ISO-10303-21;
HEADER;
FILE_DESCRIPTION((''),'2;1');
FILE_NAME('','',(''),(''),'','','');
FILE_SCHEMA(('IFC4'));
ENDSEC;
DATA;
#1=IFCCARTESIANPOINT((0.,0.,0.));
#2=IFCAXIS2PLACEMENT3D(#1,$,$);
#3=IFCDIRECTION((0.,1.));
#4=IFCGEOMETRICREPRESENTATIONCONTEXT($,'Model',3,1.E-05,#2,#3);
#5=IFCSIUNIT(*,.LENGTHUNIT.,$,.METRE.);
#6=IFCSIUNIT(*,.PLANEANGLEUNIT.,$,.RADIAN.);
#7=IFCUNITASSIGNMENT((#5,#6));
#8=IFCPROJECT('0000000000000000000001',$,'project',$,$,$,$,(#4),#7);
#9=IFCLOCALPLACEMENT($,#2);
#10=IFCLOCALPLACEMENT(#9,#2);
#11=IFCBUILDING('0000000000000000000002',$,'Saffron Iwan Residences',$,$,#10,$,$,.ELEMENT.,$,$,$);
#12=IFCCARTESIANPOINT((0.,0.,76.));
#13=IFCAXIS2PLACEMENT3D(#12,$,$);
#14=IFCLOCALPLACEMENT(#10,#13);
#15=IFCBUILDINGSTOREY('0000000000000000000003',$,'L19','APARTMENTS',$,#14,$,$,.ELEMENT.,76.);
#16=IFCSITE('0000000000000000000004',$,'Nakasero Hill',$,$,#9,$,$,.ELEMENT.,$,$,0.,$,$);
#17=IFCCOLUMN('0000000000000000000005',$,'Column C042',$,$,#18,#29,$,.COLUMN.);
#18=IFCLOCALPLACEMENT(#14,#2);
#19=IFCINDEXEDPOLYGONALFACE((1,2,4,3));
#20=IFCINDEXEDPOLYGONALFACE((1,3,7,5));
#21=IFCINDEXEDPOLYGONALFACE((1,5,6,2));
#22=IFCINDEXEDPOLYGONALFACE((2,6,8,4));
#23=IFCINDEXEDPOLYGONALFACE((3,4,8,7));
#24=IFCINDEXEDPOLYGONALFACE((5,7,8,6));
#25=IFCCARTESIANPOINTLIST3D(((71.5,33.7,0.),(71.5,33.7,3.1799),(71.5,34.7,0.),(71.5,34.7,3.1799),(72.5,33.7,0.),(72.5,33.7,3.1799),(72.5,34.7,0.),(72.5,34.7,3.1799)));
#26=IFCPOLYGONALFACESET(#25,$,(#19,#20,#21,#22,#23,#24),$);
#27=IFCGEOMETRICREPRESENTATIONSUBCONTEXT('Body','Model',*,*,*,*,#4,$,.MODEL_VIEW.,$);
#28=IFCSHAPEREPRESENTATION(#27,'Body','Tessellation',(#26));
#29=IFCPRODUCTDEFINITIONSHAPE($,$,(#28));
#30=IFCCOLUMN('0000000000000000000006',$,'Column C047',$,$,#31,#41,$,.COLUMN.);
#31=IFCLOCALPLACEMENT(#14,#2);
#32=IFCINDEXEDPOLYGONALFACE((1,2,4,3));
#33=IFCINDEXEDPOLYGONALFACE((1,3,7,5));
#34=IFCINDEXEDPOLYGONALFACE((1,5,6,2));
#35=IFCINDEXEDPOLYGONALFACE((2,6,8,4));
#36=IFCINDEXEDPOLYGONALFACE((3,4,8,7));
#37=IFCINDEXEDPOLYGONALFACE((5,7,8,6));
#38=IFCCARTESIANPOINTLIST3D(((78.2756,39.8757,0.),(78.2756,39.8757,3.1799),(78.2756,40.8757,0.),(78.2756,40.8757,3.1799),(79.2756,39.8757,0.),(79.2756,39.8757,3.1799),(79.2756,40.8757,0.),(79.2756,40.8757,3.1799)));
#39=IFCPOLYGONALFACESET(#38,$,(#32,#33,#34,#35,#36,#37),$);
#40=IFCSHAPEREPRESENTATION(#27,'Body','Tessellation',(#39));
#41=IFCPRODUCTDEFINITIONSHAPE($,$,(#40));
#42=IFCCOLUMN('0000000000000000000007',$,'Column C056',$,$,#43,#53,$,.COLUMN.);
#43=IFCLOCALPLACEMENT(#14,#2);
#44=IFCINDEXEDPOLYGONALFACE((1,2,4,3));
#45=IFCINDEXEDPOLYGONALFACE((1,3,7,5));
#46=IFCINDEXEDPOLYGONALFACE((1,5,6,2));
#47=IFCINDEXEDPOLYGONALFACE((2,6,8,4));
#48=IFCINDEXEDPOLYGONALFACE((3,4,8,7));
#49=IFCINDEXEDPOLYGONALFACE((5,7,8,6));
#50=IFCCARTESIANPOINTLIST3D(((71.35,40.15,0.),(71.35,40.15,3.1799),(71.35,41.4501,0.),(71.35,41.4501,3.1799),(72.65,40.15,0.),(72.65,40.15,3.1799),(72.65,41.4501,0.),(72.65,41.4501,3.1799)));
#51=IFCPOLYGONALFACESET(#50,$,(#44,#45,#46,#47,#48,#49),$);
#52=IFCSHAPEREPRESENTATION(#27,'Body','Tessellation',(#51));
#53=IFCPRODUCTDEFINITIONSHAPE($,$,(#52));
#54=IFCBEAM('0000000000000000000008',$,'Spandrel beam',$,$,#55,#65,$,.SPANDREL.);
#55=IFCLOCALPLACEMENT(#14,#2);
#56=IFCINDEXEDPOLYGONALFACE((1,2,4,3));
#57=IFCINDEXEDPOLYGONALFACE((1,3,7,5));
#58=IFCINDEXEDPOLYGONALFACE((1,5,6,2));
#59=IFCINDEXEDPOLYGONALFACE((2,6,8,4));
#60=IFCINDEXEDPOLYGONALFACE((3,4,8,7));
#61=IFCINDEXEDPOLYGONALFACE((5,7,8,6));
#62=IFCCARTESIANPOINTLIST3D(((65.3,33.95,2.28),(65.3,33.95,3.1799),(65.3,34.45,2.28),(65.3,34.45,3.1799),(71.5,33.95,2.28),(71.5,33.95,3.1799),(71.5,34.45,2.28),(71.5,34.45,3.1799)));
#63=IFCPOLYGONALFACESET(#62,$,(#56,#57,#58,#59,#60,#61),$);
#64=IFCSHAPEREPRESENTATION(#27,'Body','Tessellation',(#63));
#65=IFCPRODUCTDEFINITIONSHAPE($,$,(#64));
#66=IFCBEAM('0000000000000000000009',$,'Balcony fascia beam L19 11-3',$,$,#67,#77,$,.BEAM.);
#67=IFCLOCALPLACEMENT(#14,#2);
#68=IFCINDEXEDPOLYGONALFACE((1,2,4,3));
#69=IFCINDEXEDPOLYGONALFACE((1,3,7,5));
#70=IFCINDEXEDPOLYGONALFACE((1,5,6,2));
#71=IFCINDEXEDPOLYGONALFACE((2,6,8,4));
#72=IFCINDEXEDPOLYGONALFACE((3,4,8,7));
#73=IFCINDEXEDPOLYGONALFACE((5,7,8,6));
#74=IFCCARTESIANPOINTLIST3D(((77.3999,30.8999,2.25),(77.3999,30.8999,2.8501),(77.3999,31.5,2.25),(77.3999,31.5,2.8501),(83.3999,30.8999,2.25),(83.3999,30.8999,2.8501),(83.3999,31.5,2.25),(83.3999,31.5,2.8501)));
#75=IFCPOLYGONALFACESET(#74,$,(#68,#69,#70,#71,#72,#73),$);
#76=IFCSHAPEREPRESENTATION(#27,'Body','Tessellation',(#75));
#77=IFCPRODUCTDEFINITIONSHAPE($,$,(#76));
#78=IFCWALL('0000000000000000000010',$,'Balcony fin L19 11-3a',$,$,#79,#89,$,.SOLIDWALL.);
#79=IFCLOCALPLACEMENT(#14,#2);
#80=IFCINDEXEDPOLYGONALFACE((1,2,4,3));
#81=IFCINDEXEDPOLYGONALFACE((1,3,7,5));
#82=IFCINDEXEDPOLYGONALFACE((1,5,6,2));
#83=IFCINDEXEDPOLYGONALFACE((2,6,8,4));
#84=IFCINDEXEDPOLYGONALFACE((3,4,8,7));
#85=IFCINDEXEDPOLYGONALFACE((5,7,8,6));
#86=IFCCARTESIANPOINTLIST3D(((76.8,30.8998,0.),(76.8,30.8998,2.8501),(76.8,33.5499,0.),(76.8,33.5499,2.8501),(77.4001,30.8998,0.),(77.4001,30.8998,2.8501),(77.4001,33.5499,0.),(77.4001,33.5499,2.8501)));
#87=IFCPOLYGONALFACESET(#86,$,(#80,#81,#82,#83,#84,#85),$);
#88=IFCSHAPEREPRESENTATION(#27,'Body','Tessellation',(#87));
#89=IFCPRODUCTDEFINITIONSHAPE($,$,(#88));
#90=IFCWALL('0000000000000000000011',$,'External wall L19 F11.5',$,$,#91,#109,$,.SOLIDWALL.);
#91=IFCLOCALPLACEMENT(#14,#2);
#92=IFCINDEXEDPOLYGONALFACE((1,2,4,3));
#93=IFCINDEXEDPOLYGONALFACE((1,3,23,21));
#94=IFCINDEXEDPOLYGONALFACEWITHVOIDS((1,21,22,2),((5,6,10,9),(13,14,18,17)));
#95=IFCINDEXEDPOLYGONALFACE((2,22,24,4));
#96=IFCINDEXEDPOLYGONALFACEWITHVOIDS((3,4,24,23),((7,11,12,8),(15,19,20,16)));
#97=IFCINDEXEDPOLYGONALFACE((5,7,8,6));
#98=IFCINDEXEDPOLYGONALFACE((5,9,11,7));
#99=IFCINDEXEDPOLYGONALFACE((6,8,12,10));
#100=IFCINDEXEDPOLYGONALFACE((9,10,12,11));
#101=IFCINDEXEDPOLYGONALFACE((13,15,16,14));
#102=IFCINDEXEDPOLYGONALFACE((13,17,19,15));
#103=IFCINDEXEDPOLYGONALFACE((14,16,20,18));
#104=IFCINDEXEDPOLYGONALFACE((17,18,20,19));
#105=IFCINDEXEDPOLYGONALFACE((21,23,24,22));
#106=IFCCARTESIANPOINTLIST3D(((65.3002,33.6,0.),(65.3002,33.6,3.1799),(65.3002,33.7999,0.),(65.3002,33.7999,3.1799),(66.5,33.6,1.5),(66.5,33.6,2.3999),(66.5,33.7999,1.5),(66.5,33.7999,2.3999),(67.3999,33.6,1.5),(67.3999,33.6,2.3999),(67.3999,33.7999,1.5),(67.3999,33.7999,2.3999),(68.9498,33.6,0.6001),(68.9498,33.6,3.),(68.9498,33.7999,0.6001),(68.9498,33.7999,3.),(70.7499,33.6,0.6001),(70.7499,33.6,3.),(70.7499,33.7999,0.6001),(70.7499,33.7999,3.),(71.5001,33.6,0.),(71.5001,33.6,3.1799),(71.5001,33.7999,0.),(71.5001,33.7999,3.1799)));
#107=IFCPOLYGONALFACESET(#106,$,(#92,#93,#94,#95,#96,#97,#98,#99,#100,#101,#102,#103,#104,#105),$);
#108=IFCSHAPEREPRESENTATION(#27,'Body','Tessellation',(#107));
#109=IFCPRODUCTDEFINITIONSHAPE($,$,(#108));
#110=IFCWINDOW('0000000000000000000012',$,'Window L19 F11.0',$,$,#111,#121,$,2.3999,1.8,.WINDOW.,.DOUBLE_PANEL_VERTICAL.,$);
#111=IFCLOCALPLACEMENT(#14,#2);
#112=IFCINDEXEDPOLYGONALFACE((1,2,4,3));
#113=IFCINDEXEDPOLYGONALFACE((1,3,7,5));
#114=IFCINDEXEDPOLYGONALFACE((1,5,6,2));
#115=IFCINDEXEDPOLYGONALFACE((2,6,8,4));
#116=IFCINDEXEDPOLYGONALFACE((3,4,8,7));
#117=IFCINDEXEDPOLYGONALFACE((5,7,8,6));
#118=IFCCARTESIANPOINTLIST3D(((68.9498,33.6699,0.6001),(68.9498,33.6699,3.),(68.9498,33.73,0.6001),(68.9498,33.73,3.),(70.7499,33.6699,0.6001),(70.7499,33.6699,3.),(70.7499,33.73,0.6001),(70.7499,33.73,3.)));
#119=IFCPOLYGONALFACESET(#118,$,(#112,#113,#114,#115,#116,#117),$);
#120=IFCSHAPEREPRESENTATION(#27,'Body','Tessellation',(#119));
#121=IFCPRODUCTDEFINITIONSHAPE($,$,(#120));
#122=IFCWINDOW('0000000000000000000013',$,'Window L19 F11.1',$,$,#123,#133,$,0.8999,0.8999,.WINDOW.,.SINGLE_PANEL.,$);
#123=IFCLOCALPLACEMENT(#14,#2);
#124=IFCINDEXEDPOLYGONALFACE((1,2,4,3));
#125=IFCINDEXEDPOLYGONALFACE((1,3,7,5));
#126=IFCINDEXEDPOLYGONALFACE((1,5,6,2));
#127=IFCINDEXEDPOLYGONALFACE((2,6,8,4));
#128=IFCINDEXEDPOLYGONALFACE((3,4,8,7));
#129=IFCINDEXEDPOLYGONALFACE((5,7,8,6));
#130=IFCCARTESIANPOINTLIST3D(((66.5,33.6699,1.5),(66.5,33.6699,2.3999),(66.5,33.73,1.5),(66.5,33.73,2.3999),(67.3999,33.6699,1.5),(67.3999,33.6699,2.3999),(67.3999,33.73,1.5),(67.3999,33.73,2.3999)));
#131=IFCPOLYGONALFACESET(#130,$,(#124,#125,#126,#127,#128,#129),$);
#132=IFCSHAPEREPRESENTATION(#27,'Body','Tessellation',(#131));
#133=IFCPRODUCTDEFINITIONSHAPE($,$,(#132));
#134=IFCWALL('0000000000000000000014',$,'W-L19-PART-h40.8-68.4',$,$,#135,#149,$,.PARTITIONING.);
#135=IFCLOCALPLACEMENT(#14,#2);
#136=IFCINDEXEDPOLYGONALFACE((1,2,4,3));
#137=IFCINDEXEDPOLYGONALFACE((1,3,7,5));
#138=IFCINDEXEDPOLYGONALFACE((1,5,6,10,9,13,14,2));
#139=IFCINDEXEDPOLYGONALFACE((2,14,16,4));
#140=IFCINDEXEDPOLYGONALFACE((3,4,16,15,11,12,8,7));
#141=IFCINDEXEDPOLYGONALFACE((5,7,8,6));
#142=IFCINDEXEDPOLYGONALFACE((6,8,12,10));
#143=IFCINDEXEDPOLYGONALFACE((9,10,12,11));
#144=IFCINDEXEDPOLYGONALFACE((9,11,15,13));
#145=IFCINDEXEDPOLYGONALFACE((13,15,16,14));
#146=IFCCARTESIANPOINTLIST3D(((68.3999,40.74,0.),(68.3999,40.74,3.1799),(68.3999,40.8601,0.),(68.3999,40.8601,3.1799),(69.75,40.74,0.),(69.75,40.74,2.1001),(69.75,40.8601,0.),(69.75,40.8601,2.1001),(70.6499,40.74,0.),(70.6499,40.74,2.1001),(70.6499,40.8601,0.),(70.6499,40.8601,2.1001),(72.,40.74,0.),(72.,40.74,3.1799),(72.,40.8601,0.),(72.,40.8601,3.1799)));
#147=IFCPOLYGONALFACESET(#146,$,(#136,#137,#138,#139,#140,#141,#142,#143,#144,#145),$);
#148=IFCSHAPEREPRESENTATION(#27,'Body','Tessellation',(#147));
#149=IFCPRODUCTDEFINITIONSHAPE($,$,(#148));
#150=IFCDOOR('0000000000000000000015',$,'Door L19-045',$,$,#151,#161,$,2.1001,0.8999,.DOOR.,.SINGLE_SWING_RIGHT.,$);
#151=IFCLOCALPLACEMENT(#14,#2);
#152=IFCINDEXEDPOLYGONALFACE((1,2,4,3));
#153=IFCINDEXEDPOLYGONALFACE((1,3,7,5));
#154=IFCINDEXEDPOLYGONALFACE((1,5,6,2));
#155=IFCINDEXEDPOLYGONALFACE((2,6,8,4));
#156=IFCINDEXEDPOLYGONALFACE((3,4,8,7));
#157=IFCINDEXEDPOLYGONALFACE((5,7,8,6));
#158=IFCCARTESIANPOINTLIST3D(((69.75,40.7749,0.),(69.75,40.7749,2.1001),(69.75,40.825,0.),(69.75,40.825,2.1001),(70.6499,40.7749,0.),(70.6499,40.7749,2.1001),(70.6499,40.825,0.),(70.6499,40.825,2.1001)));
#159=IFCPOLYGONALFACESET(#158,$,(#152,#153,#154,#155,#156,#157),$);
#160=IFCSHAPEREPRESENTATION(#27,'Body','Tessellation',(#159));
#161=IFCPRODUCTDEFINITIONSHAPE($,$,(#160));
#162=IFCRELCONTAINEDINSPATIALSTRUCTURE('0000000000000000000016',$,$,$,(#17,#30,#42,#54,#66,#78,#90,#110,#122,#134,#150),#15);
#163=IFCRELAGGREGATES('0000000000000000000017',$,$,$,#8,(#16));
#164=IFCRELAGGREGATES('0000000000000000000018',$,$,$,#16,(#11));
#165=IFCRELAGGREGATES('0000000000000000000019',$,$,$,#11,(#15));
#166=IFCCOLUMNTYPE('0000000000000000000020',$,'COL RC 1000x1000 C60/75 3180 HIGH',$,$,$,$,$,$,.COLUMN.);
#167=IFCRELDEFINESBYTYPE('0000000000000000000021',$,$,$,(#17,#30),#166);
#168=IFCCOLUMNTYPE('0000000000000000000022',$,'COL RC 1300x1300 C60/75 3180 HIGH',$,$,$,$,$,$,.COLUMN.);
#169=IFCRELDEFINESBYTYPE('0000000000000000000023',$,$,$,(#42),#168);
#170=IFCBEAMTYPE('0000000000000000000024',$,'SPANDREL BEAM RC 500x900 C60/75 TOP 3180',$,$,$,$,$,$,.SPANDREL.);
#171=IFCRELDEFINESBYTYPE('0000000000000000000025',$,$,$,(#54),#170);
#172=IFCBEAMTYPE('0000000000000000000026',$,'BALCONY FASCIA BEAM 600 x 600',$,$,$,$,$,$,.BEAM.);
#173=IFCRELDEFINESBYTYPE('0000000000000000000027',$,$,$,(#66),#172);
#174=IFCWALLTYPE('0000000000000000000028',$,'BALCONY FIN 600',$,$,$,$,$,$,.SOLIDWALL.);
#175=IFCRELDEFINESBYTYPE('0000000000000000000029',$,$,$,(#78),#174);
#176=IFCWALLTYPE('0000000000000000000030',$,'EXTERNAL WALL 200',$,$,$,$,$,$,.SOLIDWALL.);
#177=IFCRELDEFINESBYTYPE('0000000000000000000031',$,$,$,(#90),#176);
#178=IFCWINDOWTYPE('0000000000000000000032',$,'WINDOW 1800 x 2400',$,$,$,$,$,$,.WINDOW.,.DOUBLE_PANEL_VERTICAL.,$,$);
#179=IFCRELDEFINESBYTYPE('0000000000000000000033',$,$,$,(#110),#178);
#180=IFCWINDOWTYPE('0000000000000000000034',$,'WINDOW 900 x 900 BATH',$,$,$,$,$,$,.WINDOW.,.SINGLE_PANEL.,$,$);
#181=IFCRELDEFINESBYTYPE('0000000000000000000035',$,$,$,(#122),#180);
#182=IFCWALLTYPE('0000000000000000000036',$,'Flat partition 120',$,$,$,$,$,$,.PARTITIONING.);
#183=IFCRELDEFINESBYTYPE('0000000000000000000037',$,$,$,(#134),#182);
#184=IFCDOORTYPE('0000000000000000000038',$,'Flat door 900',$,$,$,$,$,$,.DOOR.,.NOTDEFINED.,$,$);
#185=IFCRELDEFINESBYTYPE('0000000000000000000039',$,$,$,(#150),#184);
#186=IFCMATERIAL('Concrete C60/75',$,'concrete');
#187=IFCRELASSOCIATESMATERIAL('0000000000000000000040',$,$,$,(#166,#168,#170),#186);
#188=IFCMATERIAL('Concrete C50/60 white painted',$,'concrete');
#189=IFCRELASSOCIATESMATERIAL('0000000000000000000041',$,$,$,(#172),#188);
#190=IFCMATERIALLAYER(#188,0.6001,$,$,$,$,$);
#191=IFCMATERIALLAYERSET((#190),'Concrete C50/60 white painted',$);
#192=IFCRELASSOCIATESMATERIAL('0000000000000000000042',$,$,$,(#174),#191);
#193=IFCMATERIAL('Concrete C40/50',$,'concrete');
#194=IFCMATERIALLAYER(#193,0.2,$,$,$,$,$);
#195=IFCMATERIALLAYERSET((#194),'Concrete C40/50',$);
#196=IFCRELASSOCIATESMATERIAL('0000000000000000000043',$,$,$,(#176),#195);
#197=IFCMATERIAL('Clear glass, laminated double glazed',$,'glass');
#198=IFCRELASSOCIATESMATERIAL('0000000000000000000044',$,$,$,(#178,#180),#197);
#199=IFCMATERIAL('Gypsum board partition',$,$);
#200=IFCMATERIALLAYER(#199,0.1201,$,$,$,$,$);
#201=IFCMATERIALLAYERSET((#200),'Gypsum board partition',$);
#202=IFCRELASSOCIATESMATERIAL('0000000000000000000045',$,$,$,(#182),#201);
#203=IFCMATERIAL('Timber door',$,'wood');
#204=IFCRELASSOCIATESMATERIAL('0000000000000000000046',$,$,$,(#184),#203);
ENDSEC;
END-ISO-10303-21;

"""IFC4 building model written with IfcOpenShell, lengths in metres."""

from ifc_helpers import new_model, si_unit, direction, frame, frame_2d, origin, origin_2d, place, context, subcontext, project, spatial, rectangle, extrude, source, transform, mapped, material, layer, layer_set, material_profile, profile_set, type_object, element, fill, save


model = new_model("IFC4")

# Units and contexts
model_context = context("Model", 3, precision=1e-05, world=origin(), true_north=direction((0.0, 1.0)))
body_context = subcontext(model_context, "Body", "Model", "MODEL_VIEW")
ifc_project = project(units=[si_unit("LENGTHUNIT", "METRE"), si_unit("PLANEANGLEUNIT", "RADIAN")], contexts=[model_context])

# Site, building, storey
site_placement = place(None, origin())
site = spatial("IfcSite", under=ifc_project, at=site_placement, Name="Nakasero Hill", CompositionType="ELEMENT", RefElevation=0.0)
building_placement = place(site_placement, origin())
building = spatial("IfcBuilding", under=site, at=building_placement, Name="Saffron Iwan Residences", CompositionType="ELEMENT")
storey_placement = place(building_placement, frame((0.0, 0.0, 76.0)))
storey = spatial("IfcBuildingStorey", under=building, at=storey_placement, Name="L19", Description="APARTMENTS", CompositionType="ELEMENT", Elevation=76.0)

# Columns
ifc_material_1 = material(Name="Concrete C60/75", Category="concrete")
ifc_material_profile_1 = material_profile(ifc_material_1, rectangle(XDim=1.0, YDim=1.0, at=origin_2d()), Name="RC 1000x1000")
ifc_profile_set_1 = profile_set([ifc_material_profile_1], Name="Concrete C60/75")
column_type_1 = type_object("IfcColumnType", Name="COL RC 1000x1000 C60/75 3180 HIGH", PredefinedType="COLUMN", material=ifc_profile_set_1)
shared_shape_1 = source(origin(), body_context, "Body", "SweptSolid", [
    extrude(rectangle(XDim=1.0, YDim=1.0, at=origin_2d()), origin(), (0.0, 0.0, 1.0), 3.1799),
])
for number, where, z_axis, x_axis, name in (
    (1, (72.0, 34.2, 0.0), (0.0, 0.0, 1.0), (1.0, 0.0, 0.0), "Column C042"),
    (2, (78.7756, 40.3757, 0.0), (0.0, 0.0, 1.0), (1.0, 0.0, 0.0), "Column C047"),
):
    element("IfcColumn", number, at=place(storey_placement, frame(where, z_axis=z_axis, x_axis=x_axis)), inside=storey, type_object=column_type_1, Name=name, PredefinedType="COLUMN", context=body_context, shape_type="MappedRepresentation", body=[
        mapped(shared_shape_1, transform((0.0, 0.0, 0.0))),
    ])
ifc_material_profile_2 = material_profile(ifc_material_1, rectangle(XDim=1.3, YDim=1.3, at=origin_2d()), Name="RC 1300x1300")
ifc_profile_set_2 = profile_set([ifc_material_profile_2], Name="Concrete C60/75")
column_type_2 = type_object("IfcColumnType", Name="COL RC 1300x1300 C60/75 3180 HIGH", PredefinedType="COLUMN", material=ifc_profile_set_2)
shared_shape_2 = source(origin(), body_context, "Body", "SweptSolid", [
    extrude(rectangle(XDim=1.3, YDim=1.3, at=origin_2d()), origin(), (0.0, 0.0, 1.0), 3.1799),
])
column_placement = place(storey_placement, frame((72.0, 40.8, 0.0), z_axis=(0.0, 0.0, 1.0), x_axis=(1.0, 0.0, 0.0)))
element("IfcColumn", 3, at=column_placement, inside=storey, type_object=column_type_2, Name="Column C056", PredefinedType="COLUMN", context=body_context, shape_type="MappedRepresentation", body=[
    mapped(shared_shape_2, transform((0.0, 0.0, 0.0))),
])

# Beams
ifc_material_profile_3 = material_profile(ifc_material_1, rectangle(XDim=0.5, YDim=0.8999, at=origin_2d()), Name="RC 500x900")
ifc_profile_set_3 = profile_set([ifc_material_profile_3], Name="Concrete C60/75")
beam_type_1 = type_object("IfcBeamType", Name="SPANDREL BEAM RC 500x900 C60/75 TOP 3180", PredefinedType="SPANDREL", material=ifc_profile_set_3)
shared_shape_3 = source(origin(), body_context, "Body", "SweptSolid", [
    extrude(rectangle(XDim=0.5, YDim=0.8999, at=origin_2d()), origin(), (0.0, 0.0, 1.0), 6.2),
])
beam_1_placement = place(storey_placement, frame((71.5, 34.2, 2.73), z_axis=(-1.0, 0.0, 0.0), x_axis=(0.0, -1.0, 0.0)))
element("IfcBeam", 4, at=beam_1_placement, inside=storey, type_object=beam_type_1, Name="Spandrel beam", PredefinedType="SPANDREL", context=body_context, shape_type="MappedRepresentation", body=[
    mapped(shared_shape_3, transform((0.0, 0.0, 0.0))),
])
ifc_material_2 = material(Name="Concrete C50/60 white painted", Category="concrete")
ifc_material_profile_4 = material_profile(ifc_material_2, rectangle(XDim=0.6001, YDim=0.6001, at=origin_2d()), Name="BALCONY FASCIA BEAM 600 x 600")
ifc_profile_set_4 = profile_set([ifc_material_profile_4], Name="Concrete C50/60 white painted")
beam_type_2 = type_object("IfcBeamType", Name="BALCONY FASCIA BEAM 600 x 600", PredefinedType="BEAM", material=ifc_profile_set_4)
shared_shape_4 = source(origin(), body_context, "Body", "SweptSolid", [
    extrude(rectangle(XDim=0.6001, YDim=0.6001, at=origin_2d()), origin(), (0.0, 0.0, 1.0), 6.0),
])
beam_2_placement = place(storey_placement, frame((77.3999, 31.2, 2.55), z_axis=(1.0, 0.0, 0.0), x_axis=(0.0, 1.0, 0.0)))
element("IfcBeam", 5, at=beam_2_placement, inside=storey, type_object=beam_type_2, Name="Balcony fascia beam L19 11-3", PredefinedType="BEAM", context=body_context, shape_type="MappedRepresentation", body=[
    mapped(shared_shape_4, transform((0.0, 0.0, 0.0))),
])

# Wall
ifc_layer_1 = layer(ifc_material_2, 0.6001)
ifc_layer_set_1 = layer_set([ifc_layer_1], Name="Concrete C50/60 white painted")
wall_type_1 = type_object("IfcWallType", Name="BALCONY FIN 600", PredefinedType="SOLIDWALL", material=ifc_layer_set_1)
wall_1_placement = place(storey_placement, frame((77.1001, 33.55, 0.0), z_axis=(0.0, 0.0, 1.0), x_axis=(0.0, -1.0, 0.0)))
element("IfcWall", 6, at=wall_1_placement, inside=storey, type_object=wall_type_1, Name="Balcony fin L19 11-3a", PredefinedType="SOLIDWALL", context=body_context, shape_type="SweptSolid", body=[
    extrude(rectangle(XDim=2.6501, YDim=0.6001, at=frame_2d((1.3252, 0.0))), origin(), (0.0, 0.0, 1.0), 2.8501),
])

# Wall, openings, windows
ifc_material_3 = material(Name="Concrete C40/50", Category="concrete")
ifc_layer_2 = layer(ifc_material_3, 0.2)
ifc_layer_set_2 = layer_set([ifc_layer_2], Name="Concrete C40/50")
wall_type_2 = type_object("IfcWallType", Name="EXTERNAL WALL 200", PredefinedType="SOLIDWALL", material=ifc_layer_set_2)
wall_2_placement = place(storey_placement, frame((65.3, 33.7, 0.0), z_axis=(0.0, 0.0, 1.0), x_axis=(1.0, 0.0, 0.0)))
wall_2 = element("IfcWall", 7, at=wall_2_placement, inside=storey, type_object=wall_type_2, Name="External wall L19 F11.5", PredefinedType="SOLIDWALL", context=body_context, shape_type="SweptSolid", body=[
    extrude(rectangle(XDim=6.2, YDim=0.2, at=frame_2d((3.1001, 0.0))), origin(), (0.0, 0.0, 1.0), 3.1799),
])
opening_1_placement = place(wall_2_placement, frame((3.6499, 0.0, 0.6001)))
opening_1 = element("IfcOpeningElement", 8, at=opening_1_placement, cuts=wall_2, PredefinedType="OPENING", context=body_context, shape_type="SweptSolid", body=[
    extrude(rectangle(XDim=1.8, YDim=2.3999, at=frame_2d((0.8999, 1.2))), frame((0.0, 0.1099, 0.0), z_axis=(0.0, -1.0, 0.0), x_axis=(1.0, 0.0, 0.0)), (0.0, 0.0, 1.0), 0.22),
])
opening_2_placement = place(wall_2_placement, frame((1.2, 0.0, 1.5)))
opening_2 = element("IfcOpeningElement", 9, at=opening_2_placement, cuts=wall_2, PredefinedType="OPENING", context=body_context, shape_type="SweptSolid", body=[
    extrude(rectangle(XDim=0.8999, YDim=0.8999, at=frame_2d((0.45, 0.45))), frame((0.0, 0.1099, 0.0), z_axis=(0.0, -1.0, 0.0), x_axis=(1.0, 0.0, 0.0)), (0.0, 0.0, 1.0), 0.22),
])
ifc_material_4 = material(Name="Clear glass, laminated double glazed", Category="glass")
window_type_1 = type_object("IfcWindowType", Name="WINDOW 1800 x 2400", PartitioningType="DOUBLE_PANEL_VERTICAL", PredefinedType="WINDOW", material=ifc_material_4)
window_1_placement = place(opening_1_placement, origin())
window_1 = element("IfcWindow", 10, at=window_1_placement, inside=storey, type_object=window_type_1, Name="Window L19 F11.0", OverallHeight=2.3999, OverallWidth=1.8, PartitioningType="DOUBLE_PANEL_VERTICAL", PredefinedType="WINDOW", context=body_context, shape_type="SweptSolid", body=[
    extrude(rectangle(XDim=1.8, YDim=2.3999, at=frame_2d((0.8999, 1.2))), frame((0.0, 0.03, 0.0), z_axis=(0.0, -1.0, 0.0), x_axis=(1.0, 0.0, 0.0)), (0.0, 0.0, 1.0), 0.0601),
])
fill(opening_1, window_1)
window_type_2 = type_object("IfcWindowType", Name="WINDOW 900 x 900 BATH", PartitioningType="SINGLE_PANEL", PredefinedType="WINDOW", material=ifc_material_4)
window_2_placement = place(opening_2_placement, origin())
window_2 = element("IfcWindow", 11, at=window_2_placement, inside=storey, type_object=window_type_2, Name="Window L19 F11.1", OverallHeight=0.8999, OverallWidth=0.8999, PartitioningType="SINGLE_PANEL", PredefinedType="WINDOW", context=body_context, shape_type="SweptSolid", body=[
    extrude(rectangle(XDim=0.8999, YDim=0.8999, at=frame_2d((0.45, 0.45))), frame((0.0, 0.03, 0.0), z_axis=(0.0, -1.0, 0.0), x_axis=(1.0, 0.0, 0.0)), (0.0, 0.0, 1.0), 0.0601),
])
fill(opening_2, window_2)

# Wall, opening, door
ifc_material_5 = material(Name="Gypsum board partition")
ifc_layer_3 = layer(ifc_material_5, 0.1201)
ifc_layer_set_3 = layer_set([ifc_layer_3], Name="Gypsum board partition")
wall_type_3 = type_object("IfcWallType", Name="Flat partition 120", PredefinedType="PARTITIONING", material=ifc_layer_set_3)
wall_3_placement = place(storey_placement, frame((68.3999, 40.8, 0.0), z_axis=(0.0, 0.0, 1.0), x_axis=(1.0, 0.0, 0.0)))
wall_3 = element("IfcWall", 12, at=wall_3_placement, inside=storey, type_object=wall_type_3, Name="W-L19-PART-h40.8-68.4", PredefinedType="PARTITIONING", context=body_context, shape_type="SweptSolid", body=[
    extrude(rectangle(XDim=3.6001, YDim=0.1201, at=frame_2d((1.8, 0.0))), origin(), (0.0, 0.0, 1.0), 3.1799),
])
opening_3_placement = place(wall_3_placement, frame((1.3501, 0.0, 0.0)))
opening_3 = element("IfcOpeningElement", 13, at=opening_3_placement, cuts=wall_3, PredefinedType="OPENING", context=body_context, shape_type="SweptSolid", body=[
    extrude(rectangle(XDim=0.8999, YDim=2.1001, at=frame_2d((0.45, 1.05))), frame((0.0, 0.0701, 0.0), z_axis=(0.0, -1.0, 0.0), x_axis=(1.0, 0.0, 0.0)), (0.0, 0.0, 1.0), 0.1401),
])
ifc_material_6 = material(Name="Timber door", Category="wood")
door_type_1 = type_object("IfcDoorType", Name="Flat door 900", OperationType="NOTDEFINED", PredefinedType="DOOR", material=ifc_material_6)
door_1_placement = place(opening_3_placement, origin())
door_1 = element("IfcDoor", 14, at=door_1_placement, inside=storey, type_object=door_type_1, Name="Door L19-045", OperationType="SINGLE_SWING_RIGHT", OverallHeight=2.1001, OverallWidth=0.8999, PredefinedType="DOOR", context=body_context, shape_type="SweptSolid", body=[
    extrude(rectangle(XDim=0.8999, YDim=2.1001, at=frame_2d((0.45, 1.05))), frame((0.0, 0.0249, 0.0), z_axis=(0.0, -1.0, 0.0), x_axis=(1.0, 0.0, 0.0)), (0.0, 0.0, 1.0), 0.05),
])
fill(opening_3, door_1)

save(model, "model.ifc")
